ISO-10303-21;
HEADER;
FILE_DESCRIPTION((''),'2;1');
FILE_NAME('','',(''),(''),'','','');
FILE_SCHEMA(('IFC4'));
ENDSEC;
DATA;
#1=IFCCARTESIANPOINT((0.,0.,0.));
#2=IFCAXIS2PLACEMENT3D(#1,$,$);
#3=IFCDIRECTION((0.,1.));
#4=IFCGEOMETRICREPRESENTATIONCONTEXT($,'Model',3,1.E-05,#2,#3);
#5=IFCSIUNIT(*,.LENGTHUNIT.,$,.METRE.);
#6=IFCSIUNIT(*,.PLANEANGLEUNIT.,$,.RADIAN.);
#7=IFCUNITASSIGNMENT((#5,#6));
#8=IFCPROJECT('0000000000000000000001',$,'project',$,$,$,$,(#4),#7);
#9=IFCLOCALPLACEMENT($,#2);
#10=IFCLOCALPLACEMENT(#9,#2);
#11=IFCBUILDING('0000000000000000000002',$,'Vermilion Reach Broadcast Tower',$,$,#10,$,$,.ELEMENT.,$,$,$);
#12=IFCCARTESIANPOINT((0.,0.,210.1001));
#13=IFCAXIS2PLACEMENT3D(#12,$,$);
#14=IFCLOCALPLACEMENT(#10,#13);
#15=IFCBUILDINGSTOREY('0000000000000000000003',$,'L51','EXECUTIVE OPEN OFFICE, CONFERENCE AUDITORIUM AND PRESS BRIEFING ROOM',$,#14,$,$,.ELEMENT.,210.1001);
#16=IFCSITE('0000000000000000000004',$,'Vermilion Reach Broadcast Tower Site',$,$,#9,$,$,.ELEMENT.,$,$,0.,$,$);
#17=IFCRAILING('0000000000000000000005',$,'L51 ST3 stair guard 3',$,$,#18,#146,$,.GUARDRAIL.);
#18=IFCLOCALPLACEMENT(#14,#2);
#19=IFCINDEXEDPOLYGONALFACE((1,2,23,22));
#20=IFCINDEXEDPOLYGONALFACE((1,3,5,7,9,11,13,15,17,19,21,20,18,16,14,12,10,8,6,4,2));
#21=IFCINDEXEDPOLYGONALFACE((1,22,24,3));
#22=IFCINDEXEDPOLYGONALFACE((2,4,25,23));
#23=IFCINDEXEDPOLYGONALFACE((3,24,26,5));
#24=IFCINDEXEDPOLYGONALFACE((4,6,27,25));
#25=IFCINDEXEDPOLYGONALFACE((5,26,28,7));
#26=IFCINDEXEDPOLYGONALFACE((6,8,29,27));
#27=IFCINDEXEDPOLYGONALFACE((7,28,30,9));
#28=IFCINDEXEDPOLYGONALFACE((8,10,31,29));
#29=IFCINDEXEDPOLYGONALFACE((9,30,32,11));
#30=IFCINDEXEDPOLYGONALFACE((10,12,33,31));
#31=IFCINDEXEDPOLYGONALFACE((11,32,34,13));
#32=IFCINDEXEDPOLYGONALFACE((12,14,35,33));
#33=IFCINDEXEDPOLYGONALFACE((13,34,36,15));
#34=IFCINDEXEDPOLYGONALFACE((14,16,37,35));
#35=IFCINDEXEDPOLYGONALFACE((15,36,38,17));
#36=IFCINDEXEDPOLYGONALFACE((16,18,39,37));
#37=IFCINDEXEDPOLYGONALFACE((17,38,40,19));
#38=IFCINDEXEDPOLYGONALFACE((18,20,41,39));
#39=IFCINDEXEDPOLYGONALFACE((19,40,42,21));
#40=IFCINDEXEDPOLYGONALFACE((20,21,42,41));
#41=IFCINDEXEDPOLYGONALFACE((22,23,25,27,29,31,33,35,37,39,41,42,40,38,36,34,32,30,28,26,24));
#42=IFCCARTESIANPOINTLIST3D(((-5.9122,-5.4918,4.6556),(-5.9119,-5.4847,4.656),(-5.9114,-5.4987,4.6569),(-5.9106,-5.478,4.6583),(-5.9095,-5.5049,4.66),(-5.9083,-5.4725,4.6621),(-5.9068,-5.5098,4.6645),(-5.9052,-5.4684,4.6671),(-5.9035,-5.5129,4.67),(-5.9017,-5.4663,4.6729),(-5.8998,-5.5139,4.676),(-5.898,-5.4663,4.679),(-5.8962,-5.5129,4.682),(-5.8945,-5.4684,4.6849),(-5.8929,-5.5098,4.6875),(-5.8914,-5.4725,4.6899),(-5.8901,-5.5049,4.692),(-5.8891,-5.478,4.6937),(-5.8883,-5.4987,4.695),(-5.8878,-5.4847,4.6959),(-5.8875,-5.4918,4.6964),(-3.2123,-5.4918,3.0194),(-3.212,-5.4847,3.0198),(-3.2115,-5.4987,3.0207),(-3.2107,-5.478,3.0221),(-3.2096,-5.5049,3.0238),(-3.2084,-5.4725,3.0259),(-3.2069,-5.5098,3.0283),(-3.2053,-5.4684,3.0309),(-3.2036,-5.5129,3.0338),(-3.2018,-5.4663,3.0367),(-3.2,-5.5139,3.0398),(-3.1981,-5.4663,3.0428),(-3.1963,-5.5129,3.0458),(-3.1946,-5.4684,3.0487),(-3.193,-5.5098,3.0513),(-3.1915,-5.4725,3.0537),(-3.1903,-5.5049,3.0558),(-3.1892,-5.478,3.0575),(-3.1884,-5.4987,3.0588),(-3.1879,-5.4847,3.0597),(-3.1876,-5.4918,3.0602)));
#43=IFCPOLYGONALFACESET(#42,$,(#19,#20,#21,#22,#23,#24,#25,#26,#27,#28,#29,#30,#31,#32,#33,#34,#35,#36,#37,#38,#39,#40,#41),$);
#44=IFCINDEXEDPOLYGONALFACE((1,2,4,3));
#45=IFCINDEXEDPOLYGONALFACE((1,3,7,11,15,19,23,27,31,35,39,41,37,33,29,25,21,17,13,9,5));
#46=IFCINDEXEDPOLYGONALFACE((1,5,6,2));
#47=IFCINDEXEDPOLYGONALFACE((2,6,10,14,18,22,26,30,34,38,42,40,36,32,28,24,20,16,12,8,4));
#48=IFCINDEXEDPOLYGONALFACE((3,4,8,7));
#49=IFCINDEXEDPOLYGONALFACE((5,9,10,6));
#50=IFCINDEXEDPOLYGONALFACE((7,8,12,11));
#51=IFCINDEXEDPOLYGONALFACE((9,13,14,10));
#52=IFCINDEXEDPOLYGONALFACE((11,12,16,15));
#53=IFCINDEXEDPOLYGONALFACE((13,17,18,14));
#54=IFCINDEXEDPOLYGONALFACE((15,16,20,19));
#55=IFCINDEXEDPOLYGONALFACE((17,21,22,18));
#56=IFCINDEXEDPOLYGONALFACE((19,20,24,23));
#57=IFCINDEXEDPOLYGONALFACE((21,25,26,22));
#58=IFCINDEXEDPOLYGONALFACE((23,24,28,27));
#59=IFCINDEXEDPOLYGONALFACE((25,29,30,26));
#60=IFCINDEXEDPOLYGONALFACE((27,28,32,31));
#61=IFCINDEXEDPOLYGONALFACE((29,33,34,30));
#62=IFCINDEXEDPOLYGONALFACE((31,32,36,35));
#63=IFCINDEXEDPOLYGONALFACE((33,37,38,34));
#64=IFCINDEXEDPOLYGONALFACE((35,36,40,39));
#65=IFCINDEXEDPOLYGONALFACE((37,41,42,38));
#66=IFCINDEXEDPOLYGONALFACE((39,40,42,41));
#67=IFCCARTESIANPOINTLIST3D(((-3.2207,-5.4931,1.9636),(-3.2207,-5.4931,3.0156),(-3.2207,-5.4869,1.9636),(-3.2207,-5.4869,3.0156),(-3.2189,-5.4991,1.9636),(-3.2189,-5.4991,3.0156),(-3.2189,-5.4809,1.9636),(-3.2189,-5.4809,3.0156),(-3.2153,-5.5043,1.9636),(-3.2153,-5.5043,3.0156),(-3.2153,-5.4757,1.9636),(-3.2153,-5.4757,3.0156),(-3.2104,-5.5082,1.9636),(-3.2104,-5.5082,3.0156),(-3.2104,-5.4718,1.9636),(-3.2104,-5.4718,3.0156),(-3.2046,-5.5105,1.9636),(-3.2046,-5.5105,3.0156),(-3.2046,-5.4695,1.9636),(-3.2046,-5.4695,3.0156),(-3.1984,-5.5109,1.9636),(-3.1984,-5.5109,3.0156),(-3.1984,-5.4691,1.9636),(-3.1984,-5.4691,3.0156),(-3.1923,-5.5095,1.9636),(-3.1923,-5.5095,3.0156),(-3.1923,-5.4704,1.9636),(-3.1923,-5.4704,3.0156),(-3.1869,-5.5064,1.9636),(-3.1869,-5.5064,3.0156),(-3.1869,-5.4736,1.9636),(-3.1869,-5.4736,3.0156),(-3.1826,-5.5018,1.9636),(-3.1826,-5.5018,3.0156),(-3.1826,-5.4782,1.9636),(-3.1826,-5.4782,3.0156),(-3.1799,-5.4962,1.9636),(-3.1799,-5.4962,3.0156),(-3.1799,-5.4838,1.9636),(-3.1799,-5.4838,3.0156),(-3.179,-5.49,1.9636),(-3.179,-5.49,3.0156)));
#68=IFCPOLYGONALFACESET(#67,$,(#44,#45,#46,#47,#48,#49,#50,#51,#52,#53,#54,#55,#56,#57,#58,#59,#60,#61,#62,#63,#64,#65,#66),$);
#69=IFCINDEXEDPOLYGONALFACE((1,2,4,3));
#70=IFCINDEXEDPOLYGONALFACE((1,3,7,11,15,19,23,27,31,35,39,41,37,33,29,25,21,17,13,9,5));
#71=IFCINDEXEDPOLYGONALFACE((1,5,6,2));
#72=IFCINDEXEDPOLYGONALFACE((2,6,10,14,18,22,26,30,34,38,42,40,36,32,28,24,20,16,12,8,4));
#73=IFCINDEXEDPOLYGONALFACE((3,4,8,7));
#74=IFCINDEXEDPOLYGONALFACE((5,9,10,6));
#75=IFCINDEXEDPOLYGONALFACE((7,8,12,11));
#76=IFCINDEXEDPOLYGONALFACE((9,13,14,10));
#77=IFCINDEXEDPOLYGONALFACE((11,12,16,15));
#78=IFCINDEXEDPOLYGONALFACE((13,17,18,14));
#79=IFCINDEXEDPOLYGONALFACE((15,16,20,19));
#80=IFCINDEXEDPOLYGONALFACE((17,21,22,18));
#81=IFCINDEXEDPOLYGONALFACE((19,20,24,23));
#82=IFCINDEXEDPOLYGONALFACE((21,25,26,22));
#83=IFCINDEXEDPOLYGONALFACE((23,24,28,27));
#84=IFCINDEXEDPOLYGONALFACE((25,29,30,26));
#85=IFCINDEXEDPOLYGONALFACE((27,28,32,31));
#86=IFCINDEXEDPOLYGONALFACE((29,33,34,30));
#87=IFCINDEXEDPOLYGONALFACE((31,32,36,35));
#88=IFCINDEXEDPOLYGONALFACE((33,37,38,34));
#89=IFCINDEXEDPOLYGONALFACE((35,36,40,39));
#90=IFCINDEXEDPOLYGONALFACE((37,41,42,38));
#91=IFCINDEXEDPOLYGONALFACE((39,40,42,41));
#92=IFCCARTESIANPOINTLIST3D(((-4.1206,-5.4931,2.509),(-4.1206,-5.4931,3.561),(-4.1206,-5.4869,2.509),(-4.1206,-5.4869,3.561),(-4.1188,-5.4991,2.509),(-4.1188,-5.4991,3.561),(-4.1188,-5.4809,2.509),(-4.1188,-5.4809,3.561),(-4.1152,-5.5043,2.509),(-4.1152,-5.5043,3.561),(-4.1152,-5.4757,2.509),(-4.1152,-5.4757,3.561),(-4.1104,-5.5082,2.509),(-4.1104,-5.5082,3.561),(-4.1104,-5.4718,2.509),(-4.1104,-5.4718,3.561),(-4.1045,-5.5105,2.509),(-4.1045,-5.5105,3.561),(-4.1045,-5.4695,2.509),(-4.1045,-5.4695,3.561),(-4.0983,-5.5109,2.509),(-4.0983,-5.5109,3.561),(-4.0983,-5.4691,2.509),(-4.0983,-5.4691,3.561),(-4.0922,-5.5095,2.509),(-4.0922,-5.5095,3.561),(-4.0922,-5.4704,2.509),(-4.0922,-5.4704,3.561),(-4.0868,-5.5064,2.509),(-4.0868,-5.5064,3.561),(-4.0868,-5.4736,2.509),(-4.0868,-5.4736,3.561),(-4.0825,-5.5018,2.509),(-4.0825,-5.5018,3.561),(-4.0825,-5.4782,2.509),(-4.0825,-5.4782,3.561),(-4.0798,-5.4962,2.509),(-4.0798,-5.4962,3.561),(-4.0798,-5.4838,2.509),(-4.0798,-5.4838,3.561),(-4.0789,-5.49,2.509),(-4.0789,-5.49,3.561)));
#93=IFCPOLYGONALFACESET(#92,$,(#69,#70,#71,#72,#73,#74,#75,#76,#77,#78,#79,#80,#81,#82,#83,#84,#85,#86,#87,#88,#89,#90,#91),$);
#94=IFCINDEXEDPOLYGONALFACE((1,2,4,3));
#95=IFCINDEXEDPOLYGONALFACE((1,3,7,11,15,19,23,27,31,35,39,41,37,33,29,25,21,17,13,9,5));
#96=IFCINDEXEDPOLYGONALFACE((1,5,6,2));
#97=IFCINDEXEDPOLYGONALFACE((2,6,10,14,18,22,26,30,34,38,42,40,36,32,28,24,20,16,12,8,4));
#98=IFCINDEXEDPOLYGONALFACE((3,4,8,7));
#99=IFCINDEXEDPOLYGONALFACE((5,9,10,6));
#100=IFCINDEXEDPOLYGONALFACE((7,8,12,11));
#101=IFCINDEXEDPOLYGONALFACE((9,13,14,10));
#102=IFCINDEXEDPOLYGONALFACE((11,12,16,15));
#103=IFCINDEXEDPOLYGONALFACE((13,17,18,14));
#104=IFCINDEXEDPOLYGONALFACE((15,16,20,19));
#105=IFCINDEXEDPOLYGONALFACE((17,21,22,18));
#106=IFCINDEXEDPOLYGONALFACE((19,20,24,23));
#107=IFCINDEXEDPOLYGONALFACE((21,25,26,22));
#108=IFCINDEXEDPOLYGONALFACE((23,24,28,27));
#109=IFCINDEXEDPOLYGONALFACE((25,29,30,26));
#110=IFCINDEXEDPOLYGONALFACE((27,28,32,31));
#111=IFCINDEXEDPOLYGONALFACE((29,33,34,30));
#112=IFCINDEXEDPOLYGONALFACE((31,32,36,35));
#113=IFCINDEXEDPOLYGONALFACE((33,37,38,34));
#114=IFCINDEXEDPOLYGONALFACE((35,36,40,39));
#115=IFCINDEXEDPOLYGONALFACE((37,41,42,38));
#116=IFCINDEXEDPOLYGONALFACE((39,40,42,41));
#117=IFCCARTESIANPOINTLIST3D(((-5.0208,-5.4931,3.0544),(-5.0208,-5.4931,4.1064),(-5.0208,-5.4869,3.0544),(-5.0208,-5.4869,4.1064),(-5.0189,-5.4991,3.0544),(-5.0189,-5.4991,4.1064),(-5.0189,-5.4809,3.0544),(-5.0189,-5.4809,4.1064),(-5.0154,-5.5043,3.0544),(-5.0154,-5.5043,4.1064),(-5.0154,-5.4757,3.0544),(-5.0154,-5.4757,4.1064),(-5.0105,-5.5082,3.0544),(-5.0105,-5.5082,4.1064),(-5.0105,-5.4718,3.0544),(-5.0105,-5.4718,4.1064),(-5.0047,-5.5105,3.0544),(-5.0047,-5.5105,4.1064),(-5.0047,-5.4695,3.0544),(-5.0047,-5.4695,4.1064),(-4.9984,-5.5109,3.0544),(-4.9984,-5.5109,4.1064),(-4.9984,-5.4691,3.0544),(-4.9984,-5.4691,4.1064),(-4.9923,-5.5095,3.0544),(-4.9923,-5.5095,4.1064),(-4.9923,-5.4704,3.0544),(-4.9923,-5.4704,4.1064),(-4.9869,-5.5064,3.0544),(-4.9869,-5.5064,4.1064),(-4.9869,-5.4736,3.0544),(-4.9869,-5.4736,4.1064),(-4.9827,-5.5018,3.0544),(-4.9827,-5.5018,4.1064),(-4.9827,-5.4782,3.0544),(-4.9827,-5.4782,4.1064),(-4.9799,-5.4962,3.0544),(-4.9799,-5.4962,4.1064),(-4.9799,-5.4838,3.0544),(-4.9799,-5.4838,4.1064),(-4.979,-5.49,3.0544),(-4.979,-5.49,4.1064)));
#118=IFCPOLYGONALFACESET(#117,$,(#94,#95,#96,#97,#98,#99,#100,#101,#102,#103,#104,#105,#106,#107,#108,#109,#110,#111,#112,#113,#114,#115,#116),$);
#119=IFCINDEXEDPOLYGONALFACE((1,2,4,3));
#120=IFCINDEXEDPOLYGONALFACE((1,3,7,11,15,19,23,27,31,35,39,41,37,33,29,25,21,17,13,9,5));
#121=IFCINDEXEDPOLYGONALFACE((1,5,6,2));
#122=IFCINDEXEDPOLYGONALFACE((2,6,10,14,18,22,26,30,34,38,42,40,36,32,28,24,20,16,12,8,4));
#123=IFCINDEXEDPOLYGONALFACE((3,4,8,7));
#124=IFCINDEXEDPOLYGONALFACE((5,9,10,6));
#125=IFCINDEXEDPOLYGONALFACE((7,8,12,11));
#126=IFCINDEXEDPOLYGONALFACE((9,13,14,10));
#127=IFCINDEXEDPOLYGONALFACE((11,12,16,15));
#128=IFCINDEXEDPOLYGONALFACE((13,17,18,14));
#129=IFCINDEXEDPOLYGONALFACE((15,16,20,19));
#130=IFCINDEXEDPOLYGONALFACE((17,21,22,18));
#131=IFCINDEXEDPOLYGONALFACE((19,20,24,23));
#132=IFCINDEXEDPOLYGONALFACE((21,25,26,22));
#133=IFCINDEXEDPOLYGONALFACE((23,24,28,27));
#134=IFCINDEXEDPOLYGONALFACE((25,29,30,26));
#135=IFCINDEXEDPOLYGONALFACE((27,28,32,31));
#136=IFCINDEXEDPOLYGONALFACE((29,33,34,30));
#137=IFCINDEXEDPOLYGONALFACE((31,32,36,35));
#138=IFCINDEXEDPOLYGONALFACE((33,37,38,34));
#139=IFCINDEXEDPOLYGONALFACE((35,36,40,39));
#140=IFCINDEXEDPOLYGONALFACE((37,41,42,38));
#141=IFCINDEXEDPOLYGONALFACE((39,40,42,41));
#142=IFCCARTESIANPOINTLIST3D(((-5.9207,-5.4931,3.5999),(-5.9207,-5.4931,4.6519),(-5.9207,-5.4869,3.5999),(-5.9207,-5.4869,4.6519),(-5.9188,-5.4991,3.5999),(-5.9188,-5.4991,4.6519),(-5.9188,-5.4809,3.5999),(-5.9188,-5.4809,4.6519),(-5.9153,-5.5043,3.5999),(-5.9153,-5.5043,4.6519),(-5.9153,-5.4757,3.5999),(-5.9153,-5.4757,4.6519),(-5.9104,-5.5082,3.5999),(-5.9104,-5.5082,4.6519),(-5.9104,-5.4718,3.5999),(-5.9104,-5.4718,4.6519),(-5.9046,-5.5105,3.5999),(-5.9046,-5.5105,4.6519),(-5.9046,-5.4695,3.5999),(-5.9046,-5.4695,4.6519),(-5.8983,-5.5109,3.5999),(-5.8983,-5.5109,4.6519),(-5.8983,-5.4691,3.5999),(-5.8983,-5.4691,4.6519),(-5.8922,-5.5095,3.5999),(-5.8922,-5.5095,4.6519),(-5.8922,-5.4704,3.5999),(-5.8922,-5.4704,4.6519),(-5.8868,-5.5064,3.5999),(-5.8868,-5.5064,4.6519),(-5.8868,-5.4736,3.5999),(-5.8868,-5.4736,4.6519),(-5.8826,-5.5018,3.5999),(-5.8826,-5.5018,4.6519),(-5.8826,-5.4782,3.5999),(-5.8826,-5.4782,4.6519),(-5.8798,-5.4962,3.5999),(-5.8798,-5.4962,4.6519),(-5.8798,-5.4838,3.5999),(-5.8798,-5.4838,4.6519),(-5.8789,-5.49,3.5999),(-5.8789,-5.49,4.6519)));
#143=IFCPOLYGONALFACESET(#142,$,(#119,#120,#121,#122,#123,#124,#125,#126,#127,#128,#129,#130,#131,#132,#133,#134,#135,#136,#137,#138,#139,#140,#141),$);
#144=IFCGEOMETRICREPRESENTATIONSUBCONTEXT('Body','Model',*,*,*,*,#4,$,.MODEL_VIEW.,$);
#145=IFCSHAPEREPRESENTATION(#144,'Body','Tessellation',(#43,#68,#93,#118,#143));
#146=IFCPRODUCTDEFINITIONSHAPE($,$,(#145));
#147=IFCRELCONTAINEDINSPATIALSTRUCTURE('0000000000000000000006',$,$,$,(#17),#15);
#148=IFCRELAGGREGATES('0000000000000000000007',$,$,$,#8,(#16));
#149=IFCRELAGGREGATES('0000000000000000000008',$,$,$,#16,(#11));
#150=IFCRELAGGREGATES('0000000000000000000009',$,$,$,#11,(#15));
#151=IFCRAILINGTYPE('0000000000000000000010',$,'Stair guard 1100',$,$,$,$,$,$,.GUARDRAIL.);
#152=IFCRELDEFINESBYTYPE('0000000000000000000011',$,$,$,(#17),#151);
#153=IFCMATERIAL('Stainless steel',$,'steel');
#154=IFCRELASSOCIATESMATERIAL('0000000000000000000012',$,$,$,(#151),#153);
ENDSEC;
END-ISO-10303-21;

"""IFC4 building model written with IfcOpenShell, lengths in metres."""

from ifc_helpers import new_model, si_unit, direction, frame, origin, origin_2d, place, context, subcontext, project, spatial, circle, extrude, material, type_object, element, save


model = new_model("IFC4")

# Units and contexts
model_context = context("Model", 3, precision=1e-05, world=origin(), true_north=direction((0.0, 1.0)))
body_context = subcontext(model_context, "Body", "Model", "MODEL_VIEW")
ifc_project = project(units=[si_unit("LENGTHUNIT", "METRE"), si_unit("PLANEANGLEUNIT", "RADIAN")], contexts=[model_context])

# Site, building, storey
site_placement = place(None, origin())
site = spatial("IfcSite", under=ifc_project, at=site_placement, Name="Vermilion Reach Broadcast Tower Site", CompositionType="ELEMENT", RefElevation=0.0)
building_placement = place(site_placement, origin())
building = spatial("IfcBuilding", under=site, at=building_placement, Name="Vermilion Reach Broadcast Tower", CompositionType="ELEMENT")
storey_placement = place(building_placement, frame((0.0, 0.0, 210.1001)))
storey = spatial("IfcBuildingStorey", under=building, at=storey_placement, Name="L51", Description="EXECUTIVE OPEN OFFICE, CONFERENCE AUDITORIUM AND PRESS BRIEFING ROOM", CompositionType="ELEMENT", Elevation=210.1001)

# Railing
ifc_material_1 = material(Name="Stainless steel", Category="steel")
railing_type_1 = type_object("IfcRailingType", Name="Stair guard 1100", PredefinedType="GUARDRAIL", material=ifc_material_1)
railing_1_placement = place(storey_placement, frame((-3.2, -5.49, 1.9636)))
element("IfcRailing", 1, at=railing_1_placement, inside=storey, type_object=railing_type_1, Name="L51 ST3 stair guard 3", PredefinedType="GUARDRAIL", context=body_context, shape_type="SweptSolid", body=[
    extrude(circle(Radius=0.0239, at=origin_2d()), frame((0.0, 0.0, 1.0762), z_axis=(-0.855212, 0.0, 0.518278), x_axis=(0.0, -1.0, 0.0)), (0.0, 0.0, 1.0), 3.157),
    extrude(circle(Radius=0.021, at=origin_2d()), origin(), (0.0, 0.0, 1.0), 1.052),
    extrude(circle(Radius=0.021, at=origin_2d()), frame((-0.8999, 0.0, 0.5454)), (0.0, 0.0, 1.0), 1.052),
    extrude(circle(Radius=0.021, at=origin_2d()), frame((-1.8, 0.0, 1.0908)), (0.0, 0.0, 1.0), 1.052),
    extrude(circle(Radius=0.021, at=origin_2d()), frame((-2.7, 0.0, 1.6362)), (0.0, 0.0, 1.0), 1.052),
])

save(model, "model.ifc")
